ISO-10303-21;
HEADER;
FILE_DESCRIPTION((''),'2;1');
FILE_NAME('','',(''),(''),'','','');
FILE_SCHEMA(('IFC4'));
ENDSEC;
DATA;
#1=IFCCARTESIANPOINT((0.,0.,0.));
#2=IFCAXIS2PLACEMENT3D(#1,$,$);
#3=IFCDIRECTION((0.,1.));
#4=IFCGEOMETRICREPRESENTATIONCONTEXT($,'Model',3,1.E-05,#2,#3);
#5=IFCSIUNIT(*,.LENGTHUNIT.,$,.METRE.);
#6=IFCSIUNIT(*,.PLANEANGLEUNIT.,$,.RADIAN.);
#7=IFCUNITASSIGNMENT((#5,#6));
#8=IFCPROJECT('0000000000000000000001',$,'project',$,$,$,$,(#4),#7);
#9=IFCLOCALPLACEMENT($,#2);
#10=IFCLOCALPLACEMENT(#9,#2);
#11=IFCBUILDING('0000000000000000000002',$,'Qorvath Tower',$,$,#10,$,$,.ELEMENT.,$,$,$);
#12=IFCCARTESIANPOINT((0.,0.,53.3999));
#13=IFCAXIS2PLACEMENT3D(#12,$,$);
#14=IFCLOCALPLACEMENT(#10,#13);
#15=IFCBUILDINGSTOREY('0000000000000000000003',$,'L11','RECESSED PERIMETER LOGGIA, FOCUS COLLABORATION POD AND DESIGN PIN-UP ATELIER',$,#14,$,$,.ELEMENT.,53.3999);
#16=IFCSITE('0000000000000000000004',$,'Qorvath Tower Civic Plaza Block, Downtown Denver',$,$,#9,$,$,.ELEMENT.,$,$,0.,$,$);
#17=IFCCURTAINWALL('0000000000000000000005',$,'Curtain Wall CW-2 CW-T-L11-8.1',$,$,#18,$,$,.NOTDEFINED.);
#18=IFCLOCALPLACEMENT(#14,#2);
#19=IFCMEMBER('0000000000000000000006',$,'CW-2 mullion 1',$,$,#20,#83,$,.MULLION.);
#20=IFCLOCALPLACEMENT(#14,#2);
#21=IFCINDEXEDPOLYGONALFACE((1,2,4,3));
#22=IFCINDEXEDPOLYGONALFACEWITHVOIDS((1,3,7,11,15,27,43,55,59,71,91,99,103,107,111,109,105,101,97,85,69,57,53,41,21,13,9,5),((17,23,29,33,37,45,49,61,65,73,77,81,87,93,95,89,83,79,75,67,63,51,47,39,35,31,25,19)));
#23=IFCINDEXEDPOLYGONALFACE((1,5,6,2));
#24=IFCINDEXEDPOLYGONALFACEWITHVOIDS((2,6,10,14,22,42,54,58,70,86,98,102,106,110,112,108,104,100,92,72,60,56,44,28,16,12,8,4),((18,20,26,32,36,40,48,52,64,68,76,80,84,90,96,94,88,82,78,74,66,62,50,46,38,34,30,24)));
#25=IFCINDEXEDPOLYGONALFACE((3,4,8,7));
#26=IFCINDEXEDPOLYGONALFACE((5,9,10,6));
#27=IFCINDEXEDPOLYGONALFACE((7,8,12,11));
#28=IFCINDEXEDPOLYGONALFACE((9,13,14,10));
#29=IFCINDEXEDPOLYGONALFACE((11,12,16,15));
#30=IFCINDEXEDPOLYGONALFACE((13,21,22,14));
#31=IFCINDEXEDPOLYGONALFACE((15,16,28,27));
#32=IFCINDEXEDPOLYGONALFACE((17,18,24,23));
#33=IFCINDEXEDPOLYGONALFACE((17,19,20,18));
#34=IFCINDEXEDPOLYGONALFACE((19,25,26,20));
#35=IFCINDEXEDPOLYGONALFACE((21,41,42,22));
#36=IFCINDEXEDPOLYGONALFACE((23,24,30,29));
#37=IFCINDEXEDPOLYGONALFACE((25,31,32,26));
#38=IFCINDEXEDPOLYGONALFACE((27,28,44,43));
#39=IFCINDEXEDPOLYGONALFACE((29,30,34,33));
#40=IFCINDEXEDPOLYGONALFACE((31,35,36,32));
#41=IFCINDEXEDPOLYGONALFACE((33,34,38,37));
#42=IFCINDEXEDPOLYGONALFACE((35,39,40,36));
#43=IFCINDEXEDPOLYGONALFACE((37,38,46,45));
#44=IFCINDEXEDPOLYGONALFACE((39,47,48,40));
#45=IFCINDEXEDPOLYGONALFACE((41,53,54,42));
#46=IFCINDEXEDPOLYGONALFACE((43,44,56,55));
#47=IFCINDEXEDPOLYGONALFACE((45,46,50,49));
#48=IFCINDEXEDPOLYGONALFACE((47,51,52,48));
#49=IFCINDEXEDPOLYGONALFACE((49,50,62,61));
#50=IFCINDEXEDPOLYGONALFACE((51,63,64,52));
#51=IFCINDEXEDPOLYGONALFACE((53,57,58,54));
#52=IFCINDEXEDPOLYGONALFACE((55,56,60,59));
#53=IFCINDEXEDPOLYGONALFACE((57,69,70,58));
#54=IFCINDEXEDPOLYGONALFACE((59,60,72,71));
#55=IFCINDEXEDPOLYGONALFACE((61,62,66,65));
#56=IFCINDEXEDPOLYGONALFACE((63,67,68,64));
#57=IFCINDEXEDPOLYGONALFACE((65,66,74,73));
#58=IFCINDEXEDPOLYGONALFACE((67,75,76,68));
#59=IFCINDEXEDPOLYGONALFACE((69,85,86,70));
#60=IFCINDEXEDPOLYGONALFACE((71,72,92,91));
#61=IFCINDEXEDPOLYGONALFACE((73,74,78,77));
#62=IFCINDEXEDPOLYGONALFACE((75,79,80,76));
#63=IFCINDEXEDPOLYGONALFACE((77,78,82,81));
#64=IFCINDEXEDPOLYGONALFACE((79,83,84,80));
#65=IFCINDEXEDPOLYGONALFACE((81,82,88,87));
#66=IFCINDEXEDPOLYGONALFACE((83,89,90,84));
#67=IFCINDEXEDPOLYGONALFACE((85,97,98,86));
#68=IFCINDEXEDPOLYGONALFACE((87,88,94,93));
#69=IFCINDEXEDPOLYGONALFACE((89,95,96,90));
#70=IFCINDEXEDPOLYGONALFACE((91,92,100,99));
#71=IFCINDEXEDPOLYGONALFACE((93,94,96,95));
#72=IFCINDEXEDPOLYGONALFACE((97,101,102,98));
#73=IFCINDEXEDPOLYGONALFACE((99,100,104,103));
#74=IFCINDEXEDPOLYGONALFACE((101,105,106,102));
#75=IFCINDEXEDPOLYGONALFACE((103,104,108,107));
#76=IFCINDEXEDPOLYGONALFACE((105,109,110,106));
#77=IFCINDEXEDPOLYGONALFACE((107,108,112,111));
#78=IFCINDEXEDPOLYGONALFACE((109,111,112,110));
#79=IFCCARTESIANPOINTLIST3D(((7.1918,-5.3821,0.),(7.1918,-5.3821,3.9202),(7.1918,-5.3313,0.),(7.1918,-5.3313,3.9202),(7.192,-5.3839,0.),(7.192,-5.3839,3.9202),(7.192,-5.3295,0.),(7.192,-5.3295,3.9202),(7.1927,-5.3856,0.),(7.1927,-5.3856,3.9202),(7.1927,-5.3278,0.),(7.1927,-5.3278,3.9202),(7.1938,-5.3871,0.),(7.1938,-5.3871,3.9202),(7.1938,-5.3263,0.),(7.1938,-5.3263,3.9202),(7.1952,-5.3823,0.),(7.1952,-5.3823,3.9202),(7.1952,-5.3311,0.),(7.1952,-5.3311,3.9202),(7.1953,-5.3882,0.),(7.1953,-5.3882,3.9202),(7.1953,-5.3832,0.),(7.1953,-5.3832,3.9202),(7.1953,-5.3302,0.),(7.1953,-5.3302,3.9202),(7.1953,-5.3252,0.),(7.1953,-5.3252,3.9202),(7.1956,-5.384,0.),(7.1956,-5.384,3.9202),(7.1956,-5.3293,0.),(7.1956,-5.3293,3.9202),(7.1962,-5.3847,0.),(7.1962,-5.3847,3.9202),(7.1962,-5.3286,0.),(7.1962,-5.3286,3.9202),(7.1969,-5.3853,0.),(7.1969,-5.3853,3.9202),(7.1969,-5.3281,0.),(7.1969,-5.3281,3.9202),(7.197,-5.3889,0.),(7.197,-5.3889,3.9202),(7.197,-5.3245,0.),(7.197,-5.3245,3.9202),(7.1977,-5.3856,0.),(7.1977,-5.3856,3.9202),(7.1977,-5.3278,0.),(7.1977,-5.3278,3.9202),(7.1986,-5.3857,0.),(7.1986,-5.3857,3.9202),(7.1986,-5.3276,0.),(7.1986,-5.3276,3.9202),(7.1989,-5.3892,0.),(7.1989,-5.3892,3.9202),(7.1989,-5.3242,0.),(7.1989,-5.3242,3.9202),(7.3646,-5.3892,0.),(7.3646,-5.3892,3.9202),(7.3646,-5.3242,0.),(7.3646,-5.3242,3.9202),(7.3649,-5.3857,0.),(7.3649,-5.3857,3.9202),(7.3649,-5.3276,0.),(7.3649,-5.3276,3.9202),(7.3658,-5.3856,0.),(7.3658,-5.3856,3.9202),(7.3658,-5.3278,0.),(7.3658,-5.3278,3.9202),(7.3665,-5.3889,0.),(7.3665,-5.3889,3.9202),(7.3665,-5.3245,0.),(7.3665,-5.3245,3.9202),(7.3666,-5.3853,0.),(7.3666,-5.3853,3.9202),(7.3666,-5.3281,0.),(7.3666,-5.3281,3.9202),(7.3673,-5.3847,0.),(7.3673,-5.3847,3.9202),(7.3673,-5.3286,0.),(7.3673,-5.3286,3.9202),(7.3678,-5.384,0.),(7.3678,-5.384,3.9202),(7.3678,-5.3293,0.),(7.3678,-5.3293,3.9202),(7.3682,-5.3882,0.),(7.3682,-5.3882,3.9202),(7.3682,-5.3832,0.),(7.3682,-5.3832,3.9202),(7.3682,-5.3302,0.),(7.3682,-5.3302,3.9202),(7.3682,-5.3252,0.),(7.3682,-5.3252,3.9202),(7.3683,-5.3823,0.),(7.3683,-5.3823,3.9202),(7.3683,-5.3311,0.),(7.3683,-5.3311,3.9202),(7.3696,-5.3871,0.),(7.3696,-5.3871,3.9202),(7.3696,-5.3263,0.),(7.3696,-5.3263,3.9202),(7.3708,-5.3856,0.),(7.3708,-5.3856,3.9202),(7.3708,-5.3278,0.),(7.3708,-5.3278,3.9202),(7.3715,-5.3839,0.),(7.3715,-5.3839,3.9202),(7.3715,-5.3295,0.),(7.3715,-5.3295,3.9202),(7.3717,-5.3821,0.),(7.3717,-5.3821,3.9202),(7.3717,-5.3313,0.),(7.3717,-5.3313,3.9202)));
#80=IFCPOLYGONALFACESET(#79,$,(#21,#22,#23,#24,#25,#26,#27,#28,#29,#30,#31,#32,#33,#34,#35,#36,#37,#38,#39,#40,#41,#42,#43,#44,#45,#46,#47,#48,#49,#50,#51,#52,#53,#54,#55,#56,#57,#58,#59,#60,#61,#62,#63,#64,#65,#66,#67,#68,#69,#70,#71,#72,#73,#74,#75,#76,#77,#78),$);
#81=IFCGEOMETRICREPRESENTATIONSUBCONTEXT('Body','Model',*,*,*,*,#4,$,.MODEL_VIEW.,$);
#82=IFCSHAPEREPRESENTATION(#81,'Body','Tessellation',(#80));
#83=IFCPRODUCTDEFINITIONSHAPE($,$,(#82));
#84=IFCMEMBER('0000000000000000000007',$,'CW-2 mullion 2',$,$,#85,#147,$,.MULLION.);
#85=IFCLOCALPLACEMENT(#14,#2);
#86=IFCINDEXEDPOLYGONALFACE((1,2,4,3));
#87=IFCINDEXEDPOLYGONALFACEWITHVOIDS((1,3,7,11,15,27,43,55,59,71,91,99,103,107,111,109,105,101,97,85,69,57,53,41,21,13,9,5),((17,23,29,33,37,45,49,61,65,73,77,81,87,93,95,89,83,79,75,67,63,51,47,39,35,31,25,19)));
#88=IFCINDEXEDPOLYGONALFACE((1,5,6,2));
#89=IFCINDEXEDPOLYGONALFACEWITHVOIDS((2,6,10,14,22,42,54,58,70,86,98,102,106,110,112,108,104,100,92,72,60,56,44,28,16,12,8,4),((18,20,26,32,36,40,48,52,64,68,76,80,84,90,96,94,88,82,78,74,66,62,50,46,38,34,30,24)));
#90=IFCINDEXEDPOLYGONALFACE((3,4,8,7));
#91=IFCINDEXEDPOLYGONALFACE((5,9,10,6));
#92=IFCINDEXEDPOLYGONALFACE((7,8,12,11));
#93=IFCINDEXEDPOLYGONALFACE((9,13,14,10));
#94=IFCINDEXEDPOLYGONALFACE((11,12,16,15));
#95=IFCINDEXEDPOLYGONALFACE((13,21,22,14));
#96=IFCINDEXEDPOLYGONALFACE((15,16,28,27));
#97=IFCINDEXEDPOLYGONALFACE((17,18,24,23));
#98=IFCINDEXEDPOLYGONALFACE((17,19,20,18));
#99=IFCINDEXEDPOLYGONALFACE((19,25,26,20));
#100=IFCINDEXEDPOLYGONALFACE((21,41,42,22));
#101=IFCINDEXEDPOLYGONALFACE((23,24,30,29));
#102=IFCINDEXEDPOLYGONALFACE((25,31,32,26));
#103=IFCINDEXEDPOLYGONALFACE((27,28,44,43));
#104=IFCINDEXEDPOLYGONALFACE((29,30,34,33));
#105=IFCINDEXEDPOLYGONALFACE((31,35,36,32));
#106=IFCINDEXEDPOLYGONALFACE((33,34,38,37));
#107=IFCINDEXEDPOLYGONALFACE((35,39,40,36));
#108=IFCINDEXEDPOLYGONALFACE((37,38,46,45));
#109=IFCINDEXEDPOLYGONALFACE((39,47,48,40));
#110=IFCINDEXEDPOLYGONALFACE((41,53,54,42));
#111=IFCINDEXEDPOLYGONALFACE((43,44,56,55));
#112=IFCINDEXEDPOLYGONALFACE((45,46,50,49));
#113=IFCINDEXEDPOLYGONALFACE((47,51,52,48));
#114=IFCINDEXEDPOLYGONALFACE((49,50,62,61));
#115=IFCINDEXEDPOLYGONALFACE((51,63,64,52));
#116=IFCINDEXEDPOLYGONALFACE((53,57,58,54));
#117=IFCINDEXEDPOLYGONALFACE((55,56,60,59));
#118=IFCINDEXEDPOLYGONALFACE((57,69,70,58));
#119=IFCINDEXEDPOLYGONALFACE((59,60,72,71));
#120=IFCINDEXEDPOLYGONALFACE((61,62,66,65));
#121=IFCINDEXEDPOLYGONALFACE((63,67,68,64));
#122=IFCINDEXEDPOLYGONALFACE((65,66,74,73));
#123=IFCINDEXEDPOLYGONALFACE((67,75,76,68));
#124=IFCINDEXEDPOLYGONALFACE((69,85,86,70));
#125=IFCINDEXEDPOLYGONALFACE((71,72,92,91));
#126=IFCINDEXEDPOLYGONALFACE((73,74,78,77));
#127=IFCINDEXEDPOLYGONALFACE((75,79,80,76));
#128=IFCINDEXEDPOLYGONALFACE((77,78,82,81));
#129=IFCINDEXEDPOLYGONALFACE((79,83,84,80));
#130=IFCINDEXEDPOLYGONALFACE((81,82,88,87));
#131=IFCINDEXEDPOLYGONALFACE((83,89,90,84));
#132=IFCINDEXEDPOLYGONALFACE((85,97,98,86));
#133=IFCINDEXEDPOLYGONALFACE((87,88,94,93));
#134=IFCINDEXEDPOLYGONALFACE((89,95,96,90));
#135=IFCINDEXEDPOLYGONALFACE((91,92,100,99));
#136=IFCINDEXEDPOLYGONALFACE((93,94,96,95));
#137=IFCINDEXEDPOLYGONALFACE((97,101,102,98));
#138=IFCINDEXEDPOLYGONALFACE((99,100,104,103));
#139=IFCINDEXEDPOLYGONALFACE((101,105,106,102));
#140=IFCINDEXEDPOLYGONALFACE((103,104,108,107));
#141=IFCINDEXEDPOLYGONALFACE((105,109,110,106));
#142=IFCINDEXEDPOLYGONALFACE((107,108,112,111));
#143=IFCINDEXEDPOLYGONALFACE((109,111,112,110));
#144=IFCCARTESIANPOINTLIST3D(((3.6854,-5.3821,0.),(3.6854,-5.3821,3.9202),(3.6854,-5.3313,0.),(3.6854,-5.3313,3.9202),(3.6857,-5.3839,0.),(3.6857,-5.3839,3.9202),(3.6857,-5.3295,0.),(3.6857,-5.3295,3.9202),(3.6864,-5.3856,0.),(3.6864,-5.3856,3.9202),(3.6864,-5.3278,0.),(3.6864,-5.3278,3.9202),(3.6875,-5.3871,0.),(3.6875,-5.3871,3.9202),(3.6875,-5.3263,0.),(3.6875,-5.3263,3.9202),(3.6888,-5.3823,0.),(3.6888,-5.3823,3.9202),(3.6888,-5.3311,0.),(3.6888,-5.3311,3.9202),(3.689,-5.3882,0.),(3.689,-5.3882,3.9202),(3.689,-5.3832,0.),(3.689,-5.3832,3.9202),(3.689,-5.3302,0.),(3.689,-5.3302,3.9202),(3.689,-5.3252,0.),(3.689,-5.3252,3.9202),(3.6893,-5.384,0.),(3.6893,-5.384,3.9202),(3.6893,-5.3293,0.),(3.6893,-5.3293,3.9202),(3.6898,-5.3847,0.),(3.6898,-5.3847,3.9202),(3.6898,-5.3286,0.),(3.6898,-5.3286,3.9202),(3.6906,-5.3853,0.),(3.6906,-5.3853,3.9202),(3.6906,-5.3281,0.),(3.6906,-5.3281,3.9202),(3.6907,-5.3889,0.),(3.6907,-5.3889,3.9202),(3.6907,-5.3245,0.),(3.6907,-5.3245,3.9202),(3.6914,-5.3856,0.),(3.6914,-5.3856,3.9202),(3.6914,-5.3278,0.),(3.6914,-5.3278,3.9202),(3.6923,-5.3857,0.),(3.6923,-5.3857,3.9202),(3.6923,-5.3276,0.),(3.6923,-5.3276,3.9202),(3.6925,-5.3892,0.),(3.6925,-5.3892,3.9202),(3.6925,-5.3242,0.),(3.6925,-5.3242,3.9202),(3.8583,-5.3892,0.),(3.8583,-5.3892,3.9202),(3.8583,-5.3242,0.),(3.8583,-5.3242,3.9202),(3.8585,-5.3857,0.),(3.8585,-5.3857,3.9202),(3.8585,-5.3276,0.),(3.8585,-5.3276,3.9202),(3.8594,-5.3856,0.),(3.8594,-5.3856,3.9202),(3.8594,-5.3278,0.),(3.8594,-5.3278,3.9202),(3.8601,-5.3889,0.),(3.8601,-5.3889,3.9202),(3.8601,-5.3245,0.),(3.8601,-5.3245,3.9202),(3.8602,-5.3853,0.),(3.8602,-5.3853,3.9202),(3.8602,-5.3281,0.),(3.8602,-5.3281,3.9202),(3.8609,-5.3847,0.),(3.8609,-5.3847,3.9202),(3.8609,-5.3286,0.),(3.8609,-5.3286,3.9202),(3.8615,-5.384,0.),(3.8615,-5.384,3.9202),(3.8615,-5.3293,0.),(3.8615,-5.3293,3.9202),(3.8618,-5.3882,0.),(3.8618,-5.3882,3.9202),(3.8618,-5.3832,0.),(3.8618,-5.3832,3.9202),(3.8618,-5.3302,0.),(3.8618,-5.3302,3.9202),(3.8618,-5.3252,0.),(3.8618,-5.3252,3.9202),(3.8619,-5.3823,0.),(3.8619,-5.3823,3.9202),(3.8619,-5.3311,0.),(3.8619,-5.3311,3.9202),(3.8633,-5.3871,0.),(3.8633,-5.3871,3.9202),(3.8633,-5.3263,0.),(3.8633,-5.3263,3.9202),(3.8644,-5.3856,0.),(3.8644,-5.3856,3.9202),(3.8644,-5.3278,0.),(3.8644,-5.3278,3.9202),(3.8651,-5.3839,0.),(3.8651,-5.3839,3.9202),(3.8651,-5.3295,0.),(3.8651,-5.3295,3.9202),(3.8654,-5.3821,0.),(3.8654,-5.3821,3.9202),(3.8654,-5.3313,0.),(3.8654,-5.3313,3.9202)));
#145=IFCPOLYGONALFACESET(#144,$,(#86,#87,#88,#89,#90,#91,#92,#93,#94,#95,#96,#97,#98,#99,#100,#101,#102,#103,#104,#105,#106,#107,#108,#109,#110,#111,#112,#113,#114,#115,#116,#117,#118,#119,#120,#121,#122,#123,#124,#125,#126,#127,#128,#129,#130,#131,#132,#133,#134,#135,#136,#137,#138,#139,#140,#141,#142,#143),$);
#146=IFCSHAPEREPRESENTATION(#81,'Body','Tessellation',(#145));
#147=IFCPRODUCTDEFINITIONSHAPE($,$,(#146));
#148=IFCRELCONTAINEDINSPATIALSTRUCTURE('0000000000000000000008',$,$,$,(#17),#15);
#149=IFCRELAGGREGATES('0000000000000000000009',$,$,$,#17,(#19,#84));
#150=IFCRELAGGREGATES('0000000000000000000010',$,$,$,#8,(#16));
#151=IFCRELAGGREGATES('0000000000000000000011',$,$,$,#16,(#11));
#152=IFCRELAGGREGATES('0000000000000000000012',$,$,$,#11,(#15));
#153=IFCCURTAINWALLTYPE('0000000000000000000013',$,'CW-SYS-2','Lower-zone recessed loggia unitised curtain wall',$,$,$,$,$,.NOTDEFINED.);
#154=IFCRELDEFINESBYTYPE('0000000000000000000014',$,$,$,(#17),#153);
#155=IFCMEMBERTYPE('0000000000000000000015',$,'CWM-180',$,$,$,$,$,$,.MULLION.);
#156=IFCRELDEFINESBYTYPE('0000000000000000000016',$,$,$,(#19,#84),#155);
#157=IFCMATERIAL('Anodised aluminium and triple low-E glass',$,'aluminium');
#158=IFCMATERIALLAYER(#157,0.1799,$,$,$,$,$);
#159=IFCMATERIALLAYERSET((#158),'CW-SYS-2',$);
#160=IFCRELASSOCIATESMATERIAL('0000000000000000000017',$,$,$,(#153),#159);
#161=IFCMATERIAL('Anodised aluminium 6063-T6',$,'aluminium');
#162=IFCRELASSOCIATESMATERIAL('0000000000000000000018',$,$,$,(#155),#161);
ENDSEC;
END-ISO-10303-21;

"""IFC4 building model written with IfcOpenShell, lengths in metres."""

from ifc_helpers import new_model, si_unit, direction, frame, origin, origin_2d, place, context, subcontext, project, spatial, hollow_rectangle, extrude, material, layer, layer_set, material_profile, profile_set, type_object, element, aggregate, save


model = new_model("IFC4")

# Units and contexts
model_context = context("Model", 3, precision=1e-05, world=origin(), true_north=direction((0.0, 1.0)))
body_context = subcontext(model_context, "Body", "Model", "MODEL_VIEW")
ifc_project = project(units=[si_unit("LENGTHUNIT", "METRE"), si_unit("PLANEANGLEUNIT", "RADIAN")], contexts=[model_context])

# Site, building, storey
site_placement = place(None, origin())
site = spatial("IfcSite", under=ifc_project, at=site_placement, Name="Qorvath Tower Civic Plaza Block, Downtown Denver", CompositionType="ELEMENT", RefElevation=0.0)
building_placement = place(site_placement, origin())
building = spatial("IfcBuilding", under=site, at=building_placement, Name="Qorvath Tower", CompositionType="ELEMENT")
storey_placement = place(building_placement, frame((0.0, 0.0, 53.3999)))
storey = spatial("IfcBuildingStorey", under=building, at=storey_placement, Name="L11", Description="RECESSED PERIMETER LOGGIA, FOCUS COLLABORATION POD AND DESIGN PIN-UP ATELIER", CompositionType="ELEMENT", Elevation=53.3999)

# Curtain wall, members
ifc_material_1 = material(Name="Anodised aluminium and triple low-E glass", Category="aluminium")
ifc_layer_1 = layer(ifc_material_1, 0.1799)
ifc_layer_set_1 = layer_set([ifc_layer_1], Name="CW-SYS-2")
curtain_wall_type = type_object("IfcCurtainWallType", Name="CW-SYS-2", Description="Lower-zone recessed loggia unitised curtain wall", PredefinedType="NOTDEFINED", material=ifc_layer_set_1)
ifc_material_2 = material(Name="Anodised aluminium 6063-T6", Category="aluminium")
ifc_material_profile_1 = material_profile(ifc_material_2, hollow_rectangle(XDim=0.0649, YDim=0.1799, WallThickness=0.0034, InnerFilletRadius=0.0034, OuterFilletRadius=0.0071, at=origin_2d()), Name="CWM 180x65")
ifc_profile_set_1 = profile_set([ifc_material_profile_1], Name="Anodised aluminium 6063-T6")
member_type_1 = type_object("IfcMemberType", Name="CWM-180", PredefinedType="MULLION", material=ifc_profile_set_1)
curtain_wall_1_placement = place(storey_placement, origin())
curtain_wall_1 = element("IfcCurtainWall", 1, at=curtain_wall_1_placement, inside=storey, type_object=curtain_wall_type, Name="Curtain Wall CW-2 CW-T-L11-8.1", PredefinedType="NOTDEFINED")
member_1_placement = place(storey_placement, frame((7.2817, -5.3567, 0.0), z_axis=(0.0, 0.0, 1.0), x_axis=(0.0, -1.0, 0.0)))
member_1 = element("IfcMember", 2, at=member_1_placement, type_object=member_type_1, Name="CW-2 mullion 1", PredefinedType="MULLION", context=body_context, shape_type="SweptSolid", body=[
    extrude(hollow_rectangle(XDim=0.0649, YDim=0.1799, WallThickness=0.0034, InnerFilletRadius=0.0034, OuterFilletRadius=0.0071, at=origin_2d()), origin(), (0.0, 0.0, 1.0), 3.9202),
])
member_2_placement = place(storey_placement, frame((3.7754, -5.3567, 0.0), z_axis=(0.0, 0.0, 1.0), x_axis=(0.0, -1.0, 0.0)))
member_2 = element("IfcMember", 3, at=member_2_placement, type_object=member_type_1, Name="CW-2 mullion 2", PredefinedType="MULLION", context=body_context, shape_type="SweptSolid", body=[
    extrude(hollow_rectangle(XDim=0.0649, YDim=0.1799, WallThickness=0.0034, InnerFilletRadius=0.0034, OuterFilletRadius=0.0071, at=origin_2d()), origin(), (0.0, 0.0, 1.0), 3.9202),
])

aggregate(curtain_wall_1, [member_1, member_2])

save(model, "model.ifc")
